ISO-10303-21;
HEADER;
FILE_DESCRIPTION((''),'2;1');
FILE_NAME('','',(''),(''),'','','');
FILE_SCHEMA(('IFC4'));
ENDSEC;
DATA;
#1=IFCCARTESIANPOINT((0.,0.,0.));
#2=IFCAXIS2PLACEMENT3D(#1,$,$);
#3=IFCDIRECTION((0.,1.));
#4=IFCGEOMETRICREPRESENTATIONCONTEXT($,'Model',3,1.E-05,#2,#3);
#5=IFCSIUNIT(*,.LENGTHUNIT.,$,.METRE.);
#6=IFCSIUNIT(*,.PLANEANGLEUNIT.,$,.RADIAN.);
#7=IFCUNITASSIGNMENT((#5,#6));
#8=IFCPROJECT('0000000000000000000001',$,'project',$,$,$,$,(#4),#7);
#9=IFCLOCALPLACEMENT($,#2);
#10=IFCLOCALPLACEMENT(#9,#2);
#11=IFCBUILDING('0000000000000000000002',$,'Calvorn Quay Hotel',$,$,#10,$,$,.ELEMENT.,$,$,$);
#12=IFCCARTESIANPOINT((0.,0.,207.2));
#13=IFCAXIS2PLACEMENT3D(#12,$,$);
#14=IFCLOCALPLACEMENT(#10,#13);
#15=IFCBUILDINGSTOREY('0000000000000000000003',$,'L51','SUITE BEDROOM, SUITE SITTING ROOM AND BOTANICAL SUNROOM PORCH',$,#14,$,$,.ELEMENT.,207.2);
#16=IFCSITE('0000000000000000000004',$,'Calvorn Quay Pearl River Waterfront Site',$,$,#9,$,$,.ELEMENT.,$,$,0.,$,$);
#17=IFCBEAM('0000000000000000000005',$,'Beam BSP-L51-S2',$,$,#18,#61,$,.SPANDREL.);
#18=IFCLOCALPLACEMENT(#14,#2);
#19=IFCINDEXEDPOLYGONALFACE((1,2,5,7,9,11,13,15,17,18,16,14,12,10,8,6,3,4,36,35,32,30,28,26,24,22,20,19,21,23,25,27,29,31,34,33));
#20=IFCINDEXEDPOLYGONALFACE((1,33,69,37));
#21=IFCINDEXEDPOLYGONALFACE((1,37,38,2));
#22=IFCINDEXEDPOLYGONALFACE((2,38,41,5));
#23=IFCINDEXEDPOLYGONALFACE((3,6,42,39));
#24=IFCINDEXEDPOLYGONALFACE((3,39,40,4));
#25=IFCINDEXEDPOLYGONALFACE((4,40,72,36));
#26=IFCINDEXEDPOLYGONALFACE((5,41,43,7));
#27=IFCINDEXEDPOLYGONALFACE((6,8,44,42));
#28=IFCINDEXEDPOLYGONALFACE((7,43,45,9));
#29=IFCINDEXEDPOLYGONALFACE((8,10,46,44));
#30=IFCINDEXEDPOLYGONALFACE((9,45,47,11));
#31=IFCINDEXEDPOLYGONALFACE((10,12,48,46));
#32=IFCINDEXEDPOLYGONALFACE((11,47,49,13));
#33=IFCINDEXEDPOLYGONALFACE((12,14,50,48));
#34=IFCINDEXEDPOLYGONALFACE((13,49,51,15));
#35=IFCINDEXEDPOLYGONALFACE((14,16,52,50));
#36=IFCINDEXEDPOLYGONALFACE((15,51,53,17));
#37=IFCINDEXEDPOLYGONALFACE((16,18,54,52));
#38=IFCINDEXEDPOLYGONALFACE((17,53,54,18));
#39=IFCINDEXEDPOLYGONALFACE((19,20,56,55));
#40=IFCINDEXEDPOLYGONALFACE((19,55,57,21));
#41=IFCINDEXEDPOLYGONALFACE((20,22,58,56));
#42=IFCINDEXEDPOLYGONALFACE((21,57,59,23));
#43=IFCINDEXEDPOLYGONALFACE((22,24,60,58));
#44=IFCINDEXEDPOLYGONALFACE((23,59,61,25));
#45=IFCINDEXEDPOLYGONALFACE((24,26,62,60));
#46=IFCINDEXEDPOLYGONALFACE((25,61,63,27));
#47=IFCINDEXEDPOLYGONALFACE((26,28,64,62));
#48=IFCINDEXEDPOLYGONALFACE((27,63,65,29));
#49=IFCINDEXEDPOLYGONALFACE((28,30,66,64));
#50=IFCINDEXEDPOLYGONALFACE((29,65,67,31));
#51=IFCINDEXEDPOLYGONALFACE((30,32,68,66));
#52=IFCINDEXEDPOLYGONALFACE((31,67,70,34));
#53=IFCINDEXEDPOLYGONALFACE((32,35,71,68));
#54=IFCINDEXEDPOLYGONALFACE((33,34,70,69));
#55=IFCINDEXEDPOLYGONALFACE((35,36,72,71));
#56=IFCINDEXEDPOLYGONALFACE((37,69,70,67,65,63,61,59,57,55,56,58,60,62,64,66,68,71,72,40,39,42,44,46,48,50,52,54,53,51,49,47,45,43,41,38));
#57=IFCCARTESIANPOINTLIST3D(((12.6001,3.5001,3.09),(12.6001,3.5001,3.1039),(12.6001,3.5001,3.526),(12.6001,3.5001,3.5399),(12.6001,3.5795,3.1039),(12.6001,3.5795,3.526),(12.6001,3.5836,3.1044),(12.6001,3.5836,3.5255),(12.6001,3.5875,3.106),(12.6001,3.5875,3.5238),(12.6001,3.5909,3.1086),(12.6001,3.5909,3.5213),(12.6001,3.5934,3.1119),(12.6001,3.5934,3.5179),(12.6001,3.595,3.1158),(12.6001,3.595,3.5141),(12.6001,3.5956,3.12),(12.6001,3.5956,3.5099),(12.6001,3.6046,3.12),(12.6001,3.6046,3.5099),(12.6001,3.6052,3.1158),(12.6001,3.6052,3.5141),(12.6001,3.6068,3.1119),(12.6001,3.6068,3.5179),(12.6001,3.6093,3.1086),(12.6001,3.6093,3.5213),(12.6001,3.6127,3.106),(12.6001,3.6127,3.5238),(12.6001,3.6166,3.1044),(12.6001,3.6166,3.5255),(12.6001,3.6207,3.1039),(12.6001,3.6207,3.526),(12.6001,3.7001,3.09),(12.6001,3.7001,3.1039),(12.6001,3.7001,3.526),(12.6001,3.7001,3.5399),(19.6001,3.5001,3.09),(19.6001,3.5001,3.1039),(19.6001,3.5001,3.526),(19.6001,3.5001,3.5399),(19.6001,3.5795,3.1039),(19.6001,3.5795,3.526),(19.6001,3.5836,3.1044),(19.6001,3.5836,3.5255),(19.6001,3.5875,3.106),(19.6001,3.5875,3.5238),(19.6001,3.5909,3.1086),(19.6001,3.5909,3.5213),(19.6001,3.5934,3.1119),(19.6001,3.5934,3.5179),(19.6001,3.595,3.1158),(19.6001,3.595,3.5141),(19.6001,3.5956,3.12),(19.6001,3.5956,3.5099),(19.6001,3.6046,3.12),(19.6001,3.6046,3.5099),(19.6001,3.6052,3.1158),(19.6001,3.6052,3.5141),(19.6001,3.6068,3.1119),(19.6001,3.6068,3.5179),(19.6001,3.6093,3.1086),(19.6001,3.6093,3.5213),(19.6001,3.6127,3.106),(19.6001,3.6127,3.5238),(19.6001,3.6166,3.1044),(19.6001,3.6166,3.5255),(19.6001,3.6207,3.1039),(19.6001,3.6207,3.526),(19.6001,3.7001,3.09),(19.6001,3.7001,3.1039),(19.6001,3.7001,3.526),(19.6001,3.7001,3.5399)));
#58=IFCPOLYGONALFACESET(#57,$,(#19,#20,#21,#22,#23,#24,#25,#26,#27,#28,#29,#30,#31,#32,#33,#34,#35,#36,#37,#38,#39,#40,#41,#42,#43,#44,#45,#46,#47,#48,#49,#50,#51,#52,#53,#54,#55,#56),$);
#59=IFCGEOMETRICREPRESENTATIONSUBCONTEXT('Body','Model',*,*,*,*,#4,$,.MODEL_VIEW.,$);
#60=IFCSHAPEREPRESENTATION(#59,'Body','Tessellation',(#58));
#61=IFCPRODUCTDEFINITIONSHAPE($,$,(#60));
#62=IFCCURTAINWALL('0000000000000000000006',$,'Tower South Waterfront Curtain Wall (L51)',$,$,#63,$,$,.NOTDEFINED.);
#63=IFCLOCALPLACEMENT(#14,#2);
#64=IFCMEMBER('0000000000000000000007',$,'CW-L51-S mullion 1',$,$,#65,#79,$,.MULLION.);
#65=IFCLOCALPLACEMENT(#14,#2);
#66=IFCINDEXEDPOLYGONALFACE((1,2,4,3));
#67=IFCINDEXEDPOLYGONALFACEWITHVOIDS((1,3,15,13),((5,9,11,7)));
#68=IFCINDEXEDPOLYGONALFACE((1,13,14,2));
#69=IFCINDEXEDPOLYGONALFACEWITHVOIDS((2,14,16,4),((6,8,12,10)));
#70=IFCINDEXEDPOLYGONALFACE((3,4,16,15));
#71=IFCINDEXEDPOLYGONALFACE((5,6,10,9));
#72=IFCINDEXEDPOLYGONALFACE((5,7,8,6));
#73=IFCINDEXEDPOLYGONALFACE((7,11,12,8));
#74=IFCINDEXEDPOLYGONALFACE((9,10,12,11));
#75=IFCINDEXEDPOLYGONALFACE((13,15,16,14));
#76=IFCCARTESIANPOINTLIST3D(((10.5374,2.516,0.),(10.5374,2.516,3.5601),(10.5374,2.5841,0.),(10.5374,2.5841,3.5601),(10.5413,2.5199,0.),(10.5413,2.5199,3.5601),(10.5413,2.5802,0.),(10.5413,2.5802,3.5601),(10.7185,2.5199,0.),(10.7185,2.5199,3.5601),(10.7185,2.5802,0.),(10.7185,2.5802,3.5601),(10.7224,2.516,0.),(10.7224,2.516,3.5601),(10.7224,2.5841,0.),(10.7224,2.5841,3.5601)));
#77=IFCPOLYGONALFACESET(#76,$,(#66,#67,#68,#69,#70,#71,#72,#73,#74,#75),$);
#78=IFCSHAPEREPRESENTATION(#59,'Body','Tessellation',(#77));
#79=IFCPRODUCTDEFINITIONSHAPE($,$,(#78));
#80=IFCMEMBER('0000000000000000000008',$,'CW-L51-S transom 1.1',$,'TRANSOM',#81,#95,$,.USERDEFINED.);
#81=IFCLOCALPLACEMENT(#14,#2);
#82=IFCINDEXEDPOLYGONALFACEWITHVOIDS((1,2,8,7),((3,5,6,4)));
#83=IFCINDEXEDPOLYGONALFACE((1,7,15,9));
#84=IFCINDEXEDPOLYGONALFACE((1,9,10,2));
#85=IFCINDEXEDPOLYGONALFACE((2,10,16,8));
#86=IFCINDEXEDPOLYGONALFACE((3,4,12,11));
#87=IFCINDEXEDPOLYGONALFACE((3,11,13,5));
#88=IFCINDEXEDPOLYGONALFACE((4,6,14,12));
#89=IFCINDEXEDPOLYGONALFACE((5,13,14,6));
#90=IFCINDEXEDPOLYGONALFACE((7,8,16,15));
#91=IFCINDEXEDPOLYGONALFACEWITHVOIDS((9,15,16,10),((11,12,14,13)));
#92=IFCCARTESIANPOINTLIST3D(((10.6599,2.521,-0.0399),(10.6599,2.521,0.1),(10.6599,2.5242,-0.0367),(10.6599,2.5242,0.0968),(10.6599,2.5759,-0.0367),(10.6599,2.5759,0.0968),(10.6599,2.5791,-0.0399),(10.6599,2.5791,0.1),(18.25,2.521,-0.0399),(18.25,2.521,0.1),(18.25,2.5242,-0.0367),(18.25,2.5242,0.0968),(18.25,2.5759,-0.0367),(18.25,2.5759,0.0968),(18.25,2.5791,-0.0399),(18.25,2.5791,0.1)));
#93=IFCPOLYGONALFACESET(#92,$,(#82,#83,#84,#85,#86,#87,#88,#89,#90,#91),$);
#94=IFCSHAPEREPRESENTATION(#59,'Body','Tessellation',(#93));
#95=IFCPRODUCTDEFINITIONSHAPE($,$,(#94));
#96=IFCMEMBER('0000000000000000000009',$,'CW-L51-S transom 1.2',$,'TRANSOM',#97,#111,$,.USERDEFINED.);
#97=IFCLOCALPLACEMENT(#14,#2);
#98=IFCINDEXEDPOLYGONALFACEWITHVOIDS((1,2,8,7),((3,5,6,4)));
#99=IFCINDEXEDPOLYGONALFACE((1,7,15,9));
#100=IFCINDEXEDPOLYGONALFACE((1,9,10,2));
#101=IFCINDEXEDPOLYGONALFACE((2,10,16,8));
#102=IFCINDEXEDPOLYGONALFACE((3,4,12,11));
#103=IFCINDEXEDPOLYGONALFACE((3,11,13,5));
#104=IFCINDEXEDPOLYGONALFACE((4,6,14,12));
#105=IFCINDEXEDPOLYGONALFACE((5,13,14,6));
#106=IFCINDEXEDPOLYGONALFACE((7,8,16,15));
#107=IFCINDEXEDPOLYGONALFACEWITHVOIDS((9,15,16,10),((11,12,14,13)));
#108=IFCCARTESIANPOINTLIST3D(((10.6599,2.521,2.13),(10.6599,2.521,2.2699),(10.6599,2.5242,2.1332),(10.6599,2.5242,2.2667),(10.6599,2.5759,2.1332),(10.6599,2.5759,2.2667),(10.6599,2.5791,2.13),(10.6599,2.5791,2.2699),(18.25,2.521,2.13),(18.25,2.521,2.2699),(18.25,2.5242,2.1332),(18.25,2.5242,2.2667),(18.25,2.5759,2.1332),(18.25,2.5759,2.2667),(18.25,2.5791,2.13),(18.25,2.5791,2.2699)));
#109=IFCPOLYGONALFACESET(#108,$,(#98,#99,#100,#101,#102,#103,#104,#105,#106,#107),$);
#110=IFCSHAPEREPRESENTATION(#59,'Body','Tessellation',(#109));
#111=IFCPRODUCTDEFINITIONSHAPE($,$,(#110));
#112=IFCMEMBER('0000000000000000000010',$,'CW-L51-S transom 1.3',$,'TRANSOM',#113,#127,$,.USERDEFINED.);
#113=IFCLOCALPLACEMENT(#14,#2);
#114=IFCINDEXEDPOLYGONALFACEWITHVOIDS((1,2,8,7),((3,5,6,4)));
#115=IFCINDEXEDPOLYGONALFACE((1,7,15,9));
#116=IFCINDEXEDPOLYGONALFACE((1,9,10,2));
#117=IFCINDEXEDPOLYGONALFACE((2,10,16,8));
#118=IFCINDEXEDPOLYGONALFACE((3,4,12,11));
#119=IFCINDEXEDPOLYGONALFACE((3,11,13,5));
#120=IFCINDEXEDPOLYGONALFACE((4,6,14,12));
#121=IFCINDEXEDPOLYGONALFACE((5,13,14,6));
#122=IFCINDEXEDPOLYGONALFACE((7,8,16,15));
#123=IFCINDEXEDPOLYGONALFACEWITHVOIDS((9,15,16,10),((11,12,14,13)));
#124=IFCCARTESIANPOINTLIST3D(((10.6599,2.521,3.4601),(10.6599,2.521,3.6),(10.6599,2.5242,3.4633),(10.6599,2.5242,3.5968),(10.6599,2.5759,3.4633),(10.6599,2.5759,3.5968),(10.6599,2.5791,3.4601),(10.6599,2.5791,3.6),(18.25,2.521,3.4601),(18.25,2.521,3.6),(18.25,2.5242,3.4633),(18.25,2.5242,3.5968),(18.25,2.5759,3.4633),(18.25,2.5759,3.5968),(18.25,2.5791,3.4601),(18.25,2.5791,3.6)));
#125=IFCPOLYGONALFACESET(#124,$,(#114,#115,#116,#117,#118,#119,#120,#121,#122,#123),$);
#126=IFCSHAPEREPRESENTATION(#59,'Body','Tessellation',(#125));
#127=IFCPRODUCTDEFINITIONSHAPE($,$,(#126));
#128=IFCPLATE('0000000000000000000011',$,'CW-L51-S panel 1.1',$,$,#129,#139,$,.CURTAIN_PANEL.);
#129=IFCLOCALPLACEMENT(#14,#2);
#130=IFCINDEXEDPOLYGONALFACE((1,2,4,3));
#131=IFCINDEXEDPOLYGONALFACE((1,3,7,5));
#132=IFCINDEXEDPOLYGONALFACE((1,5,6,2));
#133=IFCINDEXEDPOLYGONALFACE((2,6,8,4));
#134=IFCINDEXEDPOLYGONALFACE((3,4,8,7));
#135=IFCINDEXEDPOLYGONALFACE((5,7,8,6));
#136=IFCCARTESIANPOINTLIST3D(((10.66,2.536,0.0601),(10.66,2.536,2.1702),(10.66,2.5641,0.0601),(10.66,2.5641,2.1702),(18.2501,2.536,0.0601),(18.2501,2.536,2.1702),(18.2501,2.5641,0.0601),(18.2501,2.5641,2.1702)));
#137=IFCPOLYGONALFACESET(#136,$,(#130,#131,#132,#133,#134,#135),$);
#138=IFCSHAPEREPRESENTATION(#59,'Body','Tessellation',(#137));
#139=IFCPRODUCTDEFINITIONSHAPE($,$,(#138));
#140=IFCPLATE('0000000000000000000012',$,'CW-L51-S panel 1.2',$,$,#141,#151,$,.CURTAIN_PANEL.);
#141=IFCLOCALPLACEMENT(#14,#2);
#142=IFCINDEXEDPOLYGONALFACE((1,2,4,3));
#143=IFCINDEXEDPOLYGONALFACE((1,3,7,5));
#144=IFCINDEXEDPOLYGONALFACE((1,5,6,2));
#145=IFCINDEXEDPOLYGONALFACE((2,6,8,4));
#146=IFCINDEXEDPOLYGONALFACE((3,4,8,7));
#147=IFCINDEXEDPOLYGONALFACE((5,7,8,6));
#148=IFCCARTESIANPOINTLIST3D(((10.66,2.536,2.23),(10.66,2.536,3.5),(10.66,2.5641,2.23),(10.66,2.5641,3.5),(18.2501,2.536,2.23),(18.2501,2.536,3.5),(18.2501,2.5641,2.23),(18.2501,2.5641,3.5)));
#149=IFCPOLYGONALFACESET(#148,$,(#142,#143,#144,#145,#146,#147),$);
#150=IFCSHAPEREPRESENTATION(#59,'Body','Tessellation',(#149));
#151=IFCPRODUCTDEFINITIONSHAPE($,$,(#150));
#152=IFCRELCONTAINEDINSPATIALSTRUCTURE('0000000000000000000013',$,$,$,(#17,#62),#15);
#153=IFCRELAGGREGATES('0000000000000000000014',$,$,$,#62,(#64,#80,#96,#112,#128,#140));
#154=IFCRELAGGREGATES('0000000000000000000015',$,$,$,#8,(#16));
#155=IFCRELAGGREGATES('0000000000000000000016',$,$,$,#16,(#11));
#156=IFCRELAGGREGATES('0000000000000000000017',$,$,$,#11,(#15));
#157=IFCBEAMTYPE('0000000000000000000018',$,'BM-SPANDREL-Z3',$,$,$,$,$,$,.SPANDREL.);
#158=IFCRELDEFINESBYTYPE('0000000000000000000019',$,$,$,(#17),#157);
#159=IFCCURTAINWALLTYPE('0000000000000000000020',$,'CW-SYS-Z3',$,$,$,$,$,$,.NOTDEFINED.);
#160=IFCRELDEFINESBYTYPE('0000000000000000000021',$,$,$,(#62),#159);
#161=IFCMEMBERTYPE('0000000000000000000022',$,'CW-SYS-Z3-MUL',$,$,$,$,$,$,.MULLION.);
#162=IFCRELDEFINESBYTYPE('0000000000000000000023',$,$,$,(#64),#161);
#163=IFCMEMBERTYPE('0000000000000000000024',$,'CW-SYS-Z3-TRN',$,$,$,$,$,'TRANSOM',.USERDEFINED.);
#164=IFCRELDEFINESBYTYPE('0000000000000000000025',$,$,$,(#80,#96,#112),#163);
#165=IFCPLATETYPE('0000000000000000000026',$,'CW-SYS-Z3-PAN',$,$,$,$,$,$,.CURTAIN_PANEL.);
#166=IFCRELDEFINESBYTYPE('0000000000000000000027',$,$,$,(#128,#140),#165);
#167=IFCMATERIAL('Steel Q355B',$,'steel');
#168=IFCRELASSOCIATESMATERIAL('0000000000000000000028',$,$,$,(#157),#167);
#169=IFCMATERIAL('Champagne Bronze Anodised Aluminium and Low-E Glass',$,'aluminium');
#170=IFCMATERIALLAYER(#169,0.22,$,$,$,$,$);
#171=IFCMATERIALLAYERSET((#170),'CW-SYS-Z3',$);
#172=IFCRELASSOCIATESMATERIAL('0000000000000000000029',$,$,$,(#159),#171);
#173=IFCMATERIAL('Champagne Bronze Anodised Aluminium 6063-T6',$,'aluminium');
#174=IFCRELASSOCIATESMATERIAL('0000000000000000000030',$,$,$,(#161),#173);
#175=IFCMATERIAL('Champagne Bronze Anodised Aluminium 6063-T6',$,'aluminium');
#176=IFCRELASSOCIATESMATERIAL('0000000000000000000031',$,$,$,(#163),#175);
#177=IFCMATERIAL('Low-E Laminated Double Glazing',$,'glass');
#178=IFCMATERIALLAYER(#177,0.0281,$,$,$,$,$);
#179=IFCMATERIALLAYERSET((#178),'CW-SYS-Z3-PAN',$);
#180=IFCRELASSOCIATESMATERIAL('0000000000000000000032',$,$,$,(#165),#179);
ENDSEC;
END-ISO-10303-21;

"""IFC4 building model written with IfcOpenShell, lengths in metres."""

from ifc_helpers import new_model, si_unit, direction, frame, origin, origin_2d, place, context, subcontext, project, spatial, rectangle, hollow_rectangle, i_section, extrude, material, layer, layer_set, material_profile, profile_set, type_object, element, aggregate, save


model = new_model("IFC4")

# Units and contexts
model_context = context("Model", 3, precision=1e-05, world=origin(), true_north=direction((0.0, 1.0)))
body_context = subcontext(model_context, "Body", "Model", "MODEL_VIEW")
ifc_project = project(units=[si_unit("LENGTHUNIT", "METRE"), si_unit("PLANEANGLEUNIT", "RADIAN")], contexts=[model_context])

# Site, building, storey
site_placement = place(None, origin())
site = spatial("IfcSite", under=ifc_project, at=site_placement, Name="Calvorn Quay Pearl River Waterfront Site", CompositionType="ELEMENT", RefElevation=0.0)
building_placement = place(site_placement, origin())
building = spatial("IfcBuilding", under=site, at=building_placement, Name="Calvorn Quay Hotel", CompositionType="ELEMENT")
storey_placement = place(building_placement, frame((0.0, 0.0, 207.2)))
storey = spatial("IfcBuildingStorey", under=building, at=storey_placement, Name="L51", Description="SUITE BEDROOM, SUITE SITTING ROOM AND BOTANICAL SUNROOM PORCH", CompositionType="ELEMENT", Elevation=207.2)

# Beam
ifc_material_1 = material(Name="Steel Q355B", Category="steel")
ifc_material_profile_1 = material_profile(ifc_material_1, i_section(OverallWidth=0.2, OverallDepth=0.45, WebThickness=0.009, FlangeThickness=0.0139, FilletRadius=0.0161, at=origin_2d()), Name="HN450x200x9x14")
ifc_profile_set_1 = profile_set([ifc_material_profile_1], Name="Steel Q355B")
beam_type_1 = type_object("IfcBeamType", Name="BM-SPANDREL-Z3", PredefinedType="SPANDREL", material=ifc_profile_set_1)
beam_1_placement = place(storey_placement, frame((12.6001, 3.6001, 3.3149), z_axis=(1.0, 0.0, 0.0), x_axis=(0.0, 1.0, 0.0)))
element("IfcBeam", 1, at=beam_1_placement, inside=storey, type_object=beam_type_1, Name="Beam BSP-L51-S2", PredefinedType="SPANDREL", context=body_context, shape_type="SweptSolid", body=[
    extrude(i_section(OverallWidth=0.2, OverallDepth=0.45, WebThickness=0.009, FlangeThickness=0.0139, FilletRadius=0.0161, at=origin_2d()), origin(), (0.0, 0.0, 1.0), 7.0),
])

# Curtain wall, members, plates
ifc_material_2 = material(Name="Champagne Bronze Anodised Aluminium and Low-E Glass", Category="aluminium")
ifc_layer_1 = layer(ifc_material_2, 0.22)
ifc_layer_set_1 = layer_set([ifc_layer_1], Name="CW-SYS-Z3")
curtain_wall_type = type_object("IfcCurtainWallType", Name="CW-SYS-Z3", PredefinedType="NOTDEFINED", material=ifc_layer_set_1)
curtain_wall_placement = place(storey_placement, origin())
curtain_wall = element("IfcCurtainWall", 2, at=curtain_wall_placement, inside=storey, type_object=curtain_wall_type, Name="Tower South Waterfront Curtain Wall (L51)", PredefinedType="NOTDEFINED")
ifc_material_3 = material(Name="Champagne Bronze Anodised Aluminium 6063-T6", Category="aluminium")
ifc_material_profile_2 = material_profile(ifc_material_3, hollow_rectangle(XDim=0.0681, YDim=0.1851, WallThickness=0.0039, at=origin_2d()), Name="ALU-M185x68x4")
ifc_profile_set_2 = profile_set([ifc_material_profile_2], Name="Champagne Bronze Anodised Aluminium 6063-T6")
member_type_1 = type_object("IfcMemberType", Name="CW-SYS-Z3-MUL", PredefinedType="MULLION", material=ifc_profile_set_2)
member_1_placement = place(storey_placement, frame((10.6299, 2.55, 0.0), z_axis=(0.0, 0.0, 1.0), x_axis=(0.0, 1.0, 0.0)))
member_1 = element("IfcMember", 3, at=member_1_placement, type_object=member_type_1, Name="CW-L51-S mullion 1", PredefinedType="MULLION", context=body_context, shape_type="SweptSolid", body=[
    extrude(hollow_rectangle(XDim=0.0681, YDim=0.1851, WallThickness=0.0039, at=origin_2d()), origin(), (0.0, 0.0, 1.0), 3.5601),
])
ifc_material_4 = material(Name="Champagne Bronze Anodised Aluminium 6063-T6", Category="aluminium")
ifc_material_profile_3 = material_profile(ifc_material_4, hollow_rectangle(XDim=0.0581, YDim=0.1399, WallThickness=0.0032, at=origin_2d()), Name="ALU-T140x58x3.2")
ifc_profile_set_3 = profile_set([ifc_material_profile_3], Name="Champagne Bronze Anodised Aluminium 6063-T6")
member_type_2 = type_object("IfcMemberType", Name="CW-SYS-Z3-TRN", ElementType="TRANSOM", PredefinedType="USERDEFINED", material=ifc_profile_set_3)
member_2_placement = place(storey_placement, frame((10.6599, 2.55, 0.03), z_axis=(1.0, 0.0, 0.0), x_axis=(0.0, 1.0, 0.0)))
member_2 = element("IfcMember", 4, at=member_2_placement, type_object=member_type_2, Name="CW-L51-S transom 1.1", ObjectType="TRANSOM", PredefinedType="USERDEFINED", context=body_context, shape_type="SweptSolid", body=[
    extrude(hollow_rectangle(XDim=0.0581, YDim=0.1399, WallThickness=0.0032, at=origin_2d()), origin(), (0.0, 0.0, 1.0), 7.5901),
])
member_3_placement = place(storey_placement, frame((10.6599, 2.55, 2.2), z_axis=(1.0, 0.0, 0.0), x_axis=(0.0, 1.0, 0.0)))
member_3 = element("IfcMember", 5, at=member_3_placement, type_object=member_type_2, Name="CW-L51-S transom 1.2", ObjectType="TRANSOM", PredefinedType="USERDEFINED", context=body_context, shape_type="SweptSolid", body=[
    extrude(hollow_rectangle(XDim=0.0581, YDim=0.1399, WallThickness=0.0032, at=origin_2d()), origin(), (0.0, 0.0, 1.0), 7.5901),
])
member_4_placement = place(storey_placement, frame((10.6599, 2.55, 3.53), z_axis=(1.0, 0.0, 0.0), x_axis=(0.0, 1.0, 0.0)))
member_4 = element("IfcMember", 6, at=member_4_placement, type_object=member_type_2, Name="CW-L51-S transom 1.3", ObjectType="TRANSOM", PredefinedType="USERDEFINED", context=body_context, shape_type="SweptSolid", body=[
    extrude(hollow_rectangle(XDim=0.0581, YDim=0.1399, WallThickness=0.0032, at=origin_2d()), origin(), (0.0, 0.0, 1.0), 7.5901),
])
ifc_material_5 = material(Name="Low-E Laminated Double Glazing", Category="glass")
ifc_layer_2 = layer(ifc_material_5, 0.0281)
ifc_layer_set_2 = layer_set([ifc_layer_2], Name="CW-SYS-Z3-PAN")
plate_type = type_object("IfcPlateType", Name="CW-SYS-Z3-PAN", PredefinedType="CURTAIN_PANEL", material=ifc_layer_set_2)
plate_1_placement = place(storey_placement, frame((14.4551, 2.55, 0.0601), z_axis=(0.0, 0.0, 1.0), x_axis=(1.0, 0.0, 0.0)))
plate_1 = element("IfcPlate", 7, at=plate_1_placement, type_object=plate_type, Name="CW-L51-S panel 1.1", PredefinedType="CURTAIN_PANEL", context=body_context, shape_type="SweptSolid", body=[
    extrude(rectangle(XDim=7.5901, YDim=0.0281, at=origin_2d()), origin(), (0.0, 0.0, 1.0), 2.1101),
])
plate_2_placement = place(storey_placement, frame((14.4551, 2.55, 2.23), z_axis=(0.0, 0.0, 1.0), x_axis=(1.0, 0.0, 0.0)))
plate_2 = element("IfcPlate", 8, at=plate_2_placement, type_object=plate_type, Name="CW-L51-S panel 1.2", PredefinedType="CURTAIN_PANEL", context=body_context, shape_type="SweptSolid", body=[
    extrude(rectangle(XDim=7.5901, YDim=0.0281, at=origin_2d()), origin(), (0.0, 0.0, 1.0), 1.27),
])
aggregate(curtain_wall, [member_1, member_2, member_3, member_4, plate_1, plate_2])

save(model, "model.ifc")
